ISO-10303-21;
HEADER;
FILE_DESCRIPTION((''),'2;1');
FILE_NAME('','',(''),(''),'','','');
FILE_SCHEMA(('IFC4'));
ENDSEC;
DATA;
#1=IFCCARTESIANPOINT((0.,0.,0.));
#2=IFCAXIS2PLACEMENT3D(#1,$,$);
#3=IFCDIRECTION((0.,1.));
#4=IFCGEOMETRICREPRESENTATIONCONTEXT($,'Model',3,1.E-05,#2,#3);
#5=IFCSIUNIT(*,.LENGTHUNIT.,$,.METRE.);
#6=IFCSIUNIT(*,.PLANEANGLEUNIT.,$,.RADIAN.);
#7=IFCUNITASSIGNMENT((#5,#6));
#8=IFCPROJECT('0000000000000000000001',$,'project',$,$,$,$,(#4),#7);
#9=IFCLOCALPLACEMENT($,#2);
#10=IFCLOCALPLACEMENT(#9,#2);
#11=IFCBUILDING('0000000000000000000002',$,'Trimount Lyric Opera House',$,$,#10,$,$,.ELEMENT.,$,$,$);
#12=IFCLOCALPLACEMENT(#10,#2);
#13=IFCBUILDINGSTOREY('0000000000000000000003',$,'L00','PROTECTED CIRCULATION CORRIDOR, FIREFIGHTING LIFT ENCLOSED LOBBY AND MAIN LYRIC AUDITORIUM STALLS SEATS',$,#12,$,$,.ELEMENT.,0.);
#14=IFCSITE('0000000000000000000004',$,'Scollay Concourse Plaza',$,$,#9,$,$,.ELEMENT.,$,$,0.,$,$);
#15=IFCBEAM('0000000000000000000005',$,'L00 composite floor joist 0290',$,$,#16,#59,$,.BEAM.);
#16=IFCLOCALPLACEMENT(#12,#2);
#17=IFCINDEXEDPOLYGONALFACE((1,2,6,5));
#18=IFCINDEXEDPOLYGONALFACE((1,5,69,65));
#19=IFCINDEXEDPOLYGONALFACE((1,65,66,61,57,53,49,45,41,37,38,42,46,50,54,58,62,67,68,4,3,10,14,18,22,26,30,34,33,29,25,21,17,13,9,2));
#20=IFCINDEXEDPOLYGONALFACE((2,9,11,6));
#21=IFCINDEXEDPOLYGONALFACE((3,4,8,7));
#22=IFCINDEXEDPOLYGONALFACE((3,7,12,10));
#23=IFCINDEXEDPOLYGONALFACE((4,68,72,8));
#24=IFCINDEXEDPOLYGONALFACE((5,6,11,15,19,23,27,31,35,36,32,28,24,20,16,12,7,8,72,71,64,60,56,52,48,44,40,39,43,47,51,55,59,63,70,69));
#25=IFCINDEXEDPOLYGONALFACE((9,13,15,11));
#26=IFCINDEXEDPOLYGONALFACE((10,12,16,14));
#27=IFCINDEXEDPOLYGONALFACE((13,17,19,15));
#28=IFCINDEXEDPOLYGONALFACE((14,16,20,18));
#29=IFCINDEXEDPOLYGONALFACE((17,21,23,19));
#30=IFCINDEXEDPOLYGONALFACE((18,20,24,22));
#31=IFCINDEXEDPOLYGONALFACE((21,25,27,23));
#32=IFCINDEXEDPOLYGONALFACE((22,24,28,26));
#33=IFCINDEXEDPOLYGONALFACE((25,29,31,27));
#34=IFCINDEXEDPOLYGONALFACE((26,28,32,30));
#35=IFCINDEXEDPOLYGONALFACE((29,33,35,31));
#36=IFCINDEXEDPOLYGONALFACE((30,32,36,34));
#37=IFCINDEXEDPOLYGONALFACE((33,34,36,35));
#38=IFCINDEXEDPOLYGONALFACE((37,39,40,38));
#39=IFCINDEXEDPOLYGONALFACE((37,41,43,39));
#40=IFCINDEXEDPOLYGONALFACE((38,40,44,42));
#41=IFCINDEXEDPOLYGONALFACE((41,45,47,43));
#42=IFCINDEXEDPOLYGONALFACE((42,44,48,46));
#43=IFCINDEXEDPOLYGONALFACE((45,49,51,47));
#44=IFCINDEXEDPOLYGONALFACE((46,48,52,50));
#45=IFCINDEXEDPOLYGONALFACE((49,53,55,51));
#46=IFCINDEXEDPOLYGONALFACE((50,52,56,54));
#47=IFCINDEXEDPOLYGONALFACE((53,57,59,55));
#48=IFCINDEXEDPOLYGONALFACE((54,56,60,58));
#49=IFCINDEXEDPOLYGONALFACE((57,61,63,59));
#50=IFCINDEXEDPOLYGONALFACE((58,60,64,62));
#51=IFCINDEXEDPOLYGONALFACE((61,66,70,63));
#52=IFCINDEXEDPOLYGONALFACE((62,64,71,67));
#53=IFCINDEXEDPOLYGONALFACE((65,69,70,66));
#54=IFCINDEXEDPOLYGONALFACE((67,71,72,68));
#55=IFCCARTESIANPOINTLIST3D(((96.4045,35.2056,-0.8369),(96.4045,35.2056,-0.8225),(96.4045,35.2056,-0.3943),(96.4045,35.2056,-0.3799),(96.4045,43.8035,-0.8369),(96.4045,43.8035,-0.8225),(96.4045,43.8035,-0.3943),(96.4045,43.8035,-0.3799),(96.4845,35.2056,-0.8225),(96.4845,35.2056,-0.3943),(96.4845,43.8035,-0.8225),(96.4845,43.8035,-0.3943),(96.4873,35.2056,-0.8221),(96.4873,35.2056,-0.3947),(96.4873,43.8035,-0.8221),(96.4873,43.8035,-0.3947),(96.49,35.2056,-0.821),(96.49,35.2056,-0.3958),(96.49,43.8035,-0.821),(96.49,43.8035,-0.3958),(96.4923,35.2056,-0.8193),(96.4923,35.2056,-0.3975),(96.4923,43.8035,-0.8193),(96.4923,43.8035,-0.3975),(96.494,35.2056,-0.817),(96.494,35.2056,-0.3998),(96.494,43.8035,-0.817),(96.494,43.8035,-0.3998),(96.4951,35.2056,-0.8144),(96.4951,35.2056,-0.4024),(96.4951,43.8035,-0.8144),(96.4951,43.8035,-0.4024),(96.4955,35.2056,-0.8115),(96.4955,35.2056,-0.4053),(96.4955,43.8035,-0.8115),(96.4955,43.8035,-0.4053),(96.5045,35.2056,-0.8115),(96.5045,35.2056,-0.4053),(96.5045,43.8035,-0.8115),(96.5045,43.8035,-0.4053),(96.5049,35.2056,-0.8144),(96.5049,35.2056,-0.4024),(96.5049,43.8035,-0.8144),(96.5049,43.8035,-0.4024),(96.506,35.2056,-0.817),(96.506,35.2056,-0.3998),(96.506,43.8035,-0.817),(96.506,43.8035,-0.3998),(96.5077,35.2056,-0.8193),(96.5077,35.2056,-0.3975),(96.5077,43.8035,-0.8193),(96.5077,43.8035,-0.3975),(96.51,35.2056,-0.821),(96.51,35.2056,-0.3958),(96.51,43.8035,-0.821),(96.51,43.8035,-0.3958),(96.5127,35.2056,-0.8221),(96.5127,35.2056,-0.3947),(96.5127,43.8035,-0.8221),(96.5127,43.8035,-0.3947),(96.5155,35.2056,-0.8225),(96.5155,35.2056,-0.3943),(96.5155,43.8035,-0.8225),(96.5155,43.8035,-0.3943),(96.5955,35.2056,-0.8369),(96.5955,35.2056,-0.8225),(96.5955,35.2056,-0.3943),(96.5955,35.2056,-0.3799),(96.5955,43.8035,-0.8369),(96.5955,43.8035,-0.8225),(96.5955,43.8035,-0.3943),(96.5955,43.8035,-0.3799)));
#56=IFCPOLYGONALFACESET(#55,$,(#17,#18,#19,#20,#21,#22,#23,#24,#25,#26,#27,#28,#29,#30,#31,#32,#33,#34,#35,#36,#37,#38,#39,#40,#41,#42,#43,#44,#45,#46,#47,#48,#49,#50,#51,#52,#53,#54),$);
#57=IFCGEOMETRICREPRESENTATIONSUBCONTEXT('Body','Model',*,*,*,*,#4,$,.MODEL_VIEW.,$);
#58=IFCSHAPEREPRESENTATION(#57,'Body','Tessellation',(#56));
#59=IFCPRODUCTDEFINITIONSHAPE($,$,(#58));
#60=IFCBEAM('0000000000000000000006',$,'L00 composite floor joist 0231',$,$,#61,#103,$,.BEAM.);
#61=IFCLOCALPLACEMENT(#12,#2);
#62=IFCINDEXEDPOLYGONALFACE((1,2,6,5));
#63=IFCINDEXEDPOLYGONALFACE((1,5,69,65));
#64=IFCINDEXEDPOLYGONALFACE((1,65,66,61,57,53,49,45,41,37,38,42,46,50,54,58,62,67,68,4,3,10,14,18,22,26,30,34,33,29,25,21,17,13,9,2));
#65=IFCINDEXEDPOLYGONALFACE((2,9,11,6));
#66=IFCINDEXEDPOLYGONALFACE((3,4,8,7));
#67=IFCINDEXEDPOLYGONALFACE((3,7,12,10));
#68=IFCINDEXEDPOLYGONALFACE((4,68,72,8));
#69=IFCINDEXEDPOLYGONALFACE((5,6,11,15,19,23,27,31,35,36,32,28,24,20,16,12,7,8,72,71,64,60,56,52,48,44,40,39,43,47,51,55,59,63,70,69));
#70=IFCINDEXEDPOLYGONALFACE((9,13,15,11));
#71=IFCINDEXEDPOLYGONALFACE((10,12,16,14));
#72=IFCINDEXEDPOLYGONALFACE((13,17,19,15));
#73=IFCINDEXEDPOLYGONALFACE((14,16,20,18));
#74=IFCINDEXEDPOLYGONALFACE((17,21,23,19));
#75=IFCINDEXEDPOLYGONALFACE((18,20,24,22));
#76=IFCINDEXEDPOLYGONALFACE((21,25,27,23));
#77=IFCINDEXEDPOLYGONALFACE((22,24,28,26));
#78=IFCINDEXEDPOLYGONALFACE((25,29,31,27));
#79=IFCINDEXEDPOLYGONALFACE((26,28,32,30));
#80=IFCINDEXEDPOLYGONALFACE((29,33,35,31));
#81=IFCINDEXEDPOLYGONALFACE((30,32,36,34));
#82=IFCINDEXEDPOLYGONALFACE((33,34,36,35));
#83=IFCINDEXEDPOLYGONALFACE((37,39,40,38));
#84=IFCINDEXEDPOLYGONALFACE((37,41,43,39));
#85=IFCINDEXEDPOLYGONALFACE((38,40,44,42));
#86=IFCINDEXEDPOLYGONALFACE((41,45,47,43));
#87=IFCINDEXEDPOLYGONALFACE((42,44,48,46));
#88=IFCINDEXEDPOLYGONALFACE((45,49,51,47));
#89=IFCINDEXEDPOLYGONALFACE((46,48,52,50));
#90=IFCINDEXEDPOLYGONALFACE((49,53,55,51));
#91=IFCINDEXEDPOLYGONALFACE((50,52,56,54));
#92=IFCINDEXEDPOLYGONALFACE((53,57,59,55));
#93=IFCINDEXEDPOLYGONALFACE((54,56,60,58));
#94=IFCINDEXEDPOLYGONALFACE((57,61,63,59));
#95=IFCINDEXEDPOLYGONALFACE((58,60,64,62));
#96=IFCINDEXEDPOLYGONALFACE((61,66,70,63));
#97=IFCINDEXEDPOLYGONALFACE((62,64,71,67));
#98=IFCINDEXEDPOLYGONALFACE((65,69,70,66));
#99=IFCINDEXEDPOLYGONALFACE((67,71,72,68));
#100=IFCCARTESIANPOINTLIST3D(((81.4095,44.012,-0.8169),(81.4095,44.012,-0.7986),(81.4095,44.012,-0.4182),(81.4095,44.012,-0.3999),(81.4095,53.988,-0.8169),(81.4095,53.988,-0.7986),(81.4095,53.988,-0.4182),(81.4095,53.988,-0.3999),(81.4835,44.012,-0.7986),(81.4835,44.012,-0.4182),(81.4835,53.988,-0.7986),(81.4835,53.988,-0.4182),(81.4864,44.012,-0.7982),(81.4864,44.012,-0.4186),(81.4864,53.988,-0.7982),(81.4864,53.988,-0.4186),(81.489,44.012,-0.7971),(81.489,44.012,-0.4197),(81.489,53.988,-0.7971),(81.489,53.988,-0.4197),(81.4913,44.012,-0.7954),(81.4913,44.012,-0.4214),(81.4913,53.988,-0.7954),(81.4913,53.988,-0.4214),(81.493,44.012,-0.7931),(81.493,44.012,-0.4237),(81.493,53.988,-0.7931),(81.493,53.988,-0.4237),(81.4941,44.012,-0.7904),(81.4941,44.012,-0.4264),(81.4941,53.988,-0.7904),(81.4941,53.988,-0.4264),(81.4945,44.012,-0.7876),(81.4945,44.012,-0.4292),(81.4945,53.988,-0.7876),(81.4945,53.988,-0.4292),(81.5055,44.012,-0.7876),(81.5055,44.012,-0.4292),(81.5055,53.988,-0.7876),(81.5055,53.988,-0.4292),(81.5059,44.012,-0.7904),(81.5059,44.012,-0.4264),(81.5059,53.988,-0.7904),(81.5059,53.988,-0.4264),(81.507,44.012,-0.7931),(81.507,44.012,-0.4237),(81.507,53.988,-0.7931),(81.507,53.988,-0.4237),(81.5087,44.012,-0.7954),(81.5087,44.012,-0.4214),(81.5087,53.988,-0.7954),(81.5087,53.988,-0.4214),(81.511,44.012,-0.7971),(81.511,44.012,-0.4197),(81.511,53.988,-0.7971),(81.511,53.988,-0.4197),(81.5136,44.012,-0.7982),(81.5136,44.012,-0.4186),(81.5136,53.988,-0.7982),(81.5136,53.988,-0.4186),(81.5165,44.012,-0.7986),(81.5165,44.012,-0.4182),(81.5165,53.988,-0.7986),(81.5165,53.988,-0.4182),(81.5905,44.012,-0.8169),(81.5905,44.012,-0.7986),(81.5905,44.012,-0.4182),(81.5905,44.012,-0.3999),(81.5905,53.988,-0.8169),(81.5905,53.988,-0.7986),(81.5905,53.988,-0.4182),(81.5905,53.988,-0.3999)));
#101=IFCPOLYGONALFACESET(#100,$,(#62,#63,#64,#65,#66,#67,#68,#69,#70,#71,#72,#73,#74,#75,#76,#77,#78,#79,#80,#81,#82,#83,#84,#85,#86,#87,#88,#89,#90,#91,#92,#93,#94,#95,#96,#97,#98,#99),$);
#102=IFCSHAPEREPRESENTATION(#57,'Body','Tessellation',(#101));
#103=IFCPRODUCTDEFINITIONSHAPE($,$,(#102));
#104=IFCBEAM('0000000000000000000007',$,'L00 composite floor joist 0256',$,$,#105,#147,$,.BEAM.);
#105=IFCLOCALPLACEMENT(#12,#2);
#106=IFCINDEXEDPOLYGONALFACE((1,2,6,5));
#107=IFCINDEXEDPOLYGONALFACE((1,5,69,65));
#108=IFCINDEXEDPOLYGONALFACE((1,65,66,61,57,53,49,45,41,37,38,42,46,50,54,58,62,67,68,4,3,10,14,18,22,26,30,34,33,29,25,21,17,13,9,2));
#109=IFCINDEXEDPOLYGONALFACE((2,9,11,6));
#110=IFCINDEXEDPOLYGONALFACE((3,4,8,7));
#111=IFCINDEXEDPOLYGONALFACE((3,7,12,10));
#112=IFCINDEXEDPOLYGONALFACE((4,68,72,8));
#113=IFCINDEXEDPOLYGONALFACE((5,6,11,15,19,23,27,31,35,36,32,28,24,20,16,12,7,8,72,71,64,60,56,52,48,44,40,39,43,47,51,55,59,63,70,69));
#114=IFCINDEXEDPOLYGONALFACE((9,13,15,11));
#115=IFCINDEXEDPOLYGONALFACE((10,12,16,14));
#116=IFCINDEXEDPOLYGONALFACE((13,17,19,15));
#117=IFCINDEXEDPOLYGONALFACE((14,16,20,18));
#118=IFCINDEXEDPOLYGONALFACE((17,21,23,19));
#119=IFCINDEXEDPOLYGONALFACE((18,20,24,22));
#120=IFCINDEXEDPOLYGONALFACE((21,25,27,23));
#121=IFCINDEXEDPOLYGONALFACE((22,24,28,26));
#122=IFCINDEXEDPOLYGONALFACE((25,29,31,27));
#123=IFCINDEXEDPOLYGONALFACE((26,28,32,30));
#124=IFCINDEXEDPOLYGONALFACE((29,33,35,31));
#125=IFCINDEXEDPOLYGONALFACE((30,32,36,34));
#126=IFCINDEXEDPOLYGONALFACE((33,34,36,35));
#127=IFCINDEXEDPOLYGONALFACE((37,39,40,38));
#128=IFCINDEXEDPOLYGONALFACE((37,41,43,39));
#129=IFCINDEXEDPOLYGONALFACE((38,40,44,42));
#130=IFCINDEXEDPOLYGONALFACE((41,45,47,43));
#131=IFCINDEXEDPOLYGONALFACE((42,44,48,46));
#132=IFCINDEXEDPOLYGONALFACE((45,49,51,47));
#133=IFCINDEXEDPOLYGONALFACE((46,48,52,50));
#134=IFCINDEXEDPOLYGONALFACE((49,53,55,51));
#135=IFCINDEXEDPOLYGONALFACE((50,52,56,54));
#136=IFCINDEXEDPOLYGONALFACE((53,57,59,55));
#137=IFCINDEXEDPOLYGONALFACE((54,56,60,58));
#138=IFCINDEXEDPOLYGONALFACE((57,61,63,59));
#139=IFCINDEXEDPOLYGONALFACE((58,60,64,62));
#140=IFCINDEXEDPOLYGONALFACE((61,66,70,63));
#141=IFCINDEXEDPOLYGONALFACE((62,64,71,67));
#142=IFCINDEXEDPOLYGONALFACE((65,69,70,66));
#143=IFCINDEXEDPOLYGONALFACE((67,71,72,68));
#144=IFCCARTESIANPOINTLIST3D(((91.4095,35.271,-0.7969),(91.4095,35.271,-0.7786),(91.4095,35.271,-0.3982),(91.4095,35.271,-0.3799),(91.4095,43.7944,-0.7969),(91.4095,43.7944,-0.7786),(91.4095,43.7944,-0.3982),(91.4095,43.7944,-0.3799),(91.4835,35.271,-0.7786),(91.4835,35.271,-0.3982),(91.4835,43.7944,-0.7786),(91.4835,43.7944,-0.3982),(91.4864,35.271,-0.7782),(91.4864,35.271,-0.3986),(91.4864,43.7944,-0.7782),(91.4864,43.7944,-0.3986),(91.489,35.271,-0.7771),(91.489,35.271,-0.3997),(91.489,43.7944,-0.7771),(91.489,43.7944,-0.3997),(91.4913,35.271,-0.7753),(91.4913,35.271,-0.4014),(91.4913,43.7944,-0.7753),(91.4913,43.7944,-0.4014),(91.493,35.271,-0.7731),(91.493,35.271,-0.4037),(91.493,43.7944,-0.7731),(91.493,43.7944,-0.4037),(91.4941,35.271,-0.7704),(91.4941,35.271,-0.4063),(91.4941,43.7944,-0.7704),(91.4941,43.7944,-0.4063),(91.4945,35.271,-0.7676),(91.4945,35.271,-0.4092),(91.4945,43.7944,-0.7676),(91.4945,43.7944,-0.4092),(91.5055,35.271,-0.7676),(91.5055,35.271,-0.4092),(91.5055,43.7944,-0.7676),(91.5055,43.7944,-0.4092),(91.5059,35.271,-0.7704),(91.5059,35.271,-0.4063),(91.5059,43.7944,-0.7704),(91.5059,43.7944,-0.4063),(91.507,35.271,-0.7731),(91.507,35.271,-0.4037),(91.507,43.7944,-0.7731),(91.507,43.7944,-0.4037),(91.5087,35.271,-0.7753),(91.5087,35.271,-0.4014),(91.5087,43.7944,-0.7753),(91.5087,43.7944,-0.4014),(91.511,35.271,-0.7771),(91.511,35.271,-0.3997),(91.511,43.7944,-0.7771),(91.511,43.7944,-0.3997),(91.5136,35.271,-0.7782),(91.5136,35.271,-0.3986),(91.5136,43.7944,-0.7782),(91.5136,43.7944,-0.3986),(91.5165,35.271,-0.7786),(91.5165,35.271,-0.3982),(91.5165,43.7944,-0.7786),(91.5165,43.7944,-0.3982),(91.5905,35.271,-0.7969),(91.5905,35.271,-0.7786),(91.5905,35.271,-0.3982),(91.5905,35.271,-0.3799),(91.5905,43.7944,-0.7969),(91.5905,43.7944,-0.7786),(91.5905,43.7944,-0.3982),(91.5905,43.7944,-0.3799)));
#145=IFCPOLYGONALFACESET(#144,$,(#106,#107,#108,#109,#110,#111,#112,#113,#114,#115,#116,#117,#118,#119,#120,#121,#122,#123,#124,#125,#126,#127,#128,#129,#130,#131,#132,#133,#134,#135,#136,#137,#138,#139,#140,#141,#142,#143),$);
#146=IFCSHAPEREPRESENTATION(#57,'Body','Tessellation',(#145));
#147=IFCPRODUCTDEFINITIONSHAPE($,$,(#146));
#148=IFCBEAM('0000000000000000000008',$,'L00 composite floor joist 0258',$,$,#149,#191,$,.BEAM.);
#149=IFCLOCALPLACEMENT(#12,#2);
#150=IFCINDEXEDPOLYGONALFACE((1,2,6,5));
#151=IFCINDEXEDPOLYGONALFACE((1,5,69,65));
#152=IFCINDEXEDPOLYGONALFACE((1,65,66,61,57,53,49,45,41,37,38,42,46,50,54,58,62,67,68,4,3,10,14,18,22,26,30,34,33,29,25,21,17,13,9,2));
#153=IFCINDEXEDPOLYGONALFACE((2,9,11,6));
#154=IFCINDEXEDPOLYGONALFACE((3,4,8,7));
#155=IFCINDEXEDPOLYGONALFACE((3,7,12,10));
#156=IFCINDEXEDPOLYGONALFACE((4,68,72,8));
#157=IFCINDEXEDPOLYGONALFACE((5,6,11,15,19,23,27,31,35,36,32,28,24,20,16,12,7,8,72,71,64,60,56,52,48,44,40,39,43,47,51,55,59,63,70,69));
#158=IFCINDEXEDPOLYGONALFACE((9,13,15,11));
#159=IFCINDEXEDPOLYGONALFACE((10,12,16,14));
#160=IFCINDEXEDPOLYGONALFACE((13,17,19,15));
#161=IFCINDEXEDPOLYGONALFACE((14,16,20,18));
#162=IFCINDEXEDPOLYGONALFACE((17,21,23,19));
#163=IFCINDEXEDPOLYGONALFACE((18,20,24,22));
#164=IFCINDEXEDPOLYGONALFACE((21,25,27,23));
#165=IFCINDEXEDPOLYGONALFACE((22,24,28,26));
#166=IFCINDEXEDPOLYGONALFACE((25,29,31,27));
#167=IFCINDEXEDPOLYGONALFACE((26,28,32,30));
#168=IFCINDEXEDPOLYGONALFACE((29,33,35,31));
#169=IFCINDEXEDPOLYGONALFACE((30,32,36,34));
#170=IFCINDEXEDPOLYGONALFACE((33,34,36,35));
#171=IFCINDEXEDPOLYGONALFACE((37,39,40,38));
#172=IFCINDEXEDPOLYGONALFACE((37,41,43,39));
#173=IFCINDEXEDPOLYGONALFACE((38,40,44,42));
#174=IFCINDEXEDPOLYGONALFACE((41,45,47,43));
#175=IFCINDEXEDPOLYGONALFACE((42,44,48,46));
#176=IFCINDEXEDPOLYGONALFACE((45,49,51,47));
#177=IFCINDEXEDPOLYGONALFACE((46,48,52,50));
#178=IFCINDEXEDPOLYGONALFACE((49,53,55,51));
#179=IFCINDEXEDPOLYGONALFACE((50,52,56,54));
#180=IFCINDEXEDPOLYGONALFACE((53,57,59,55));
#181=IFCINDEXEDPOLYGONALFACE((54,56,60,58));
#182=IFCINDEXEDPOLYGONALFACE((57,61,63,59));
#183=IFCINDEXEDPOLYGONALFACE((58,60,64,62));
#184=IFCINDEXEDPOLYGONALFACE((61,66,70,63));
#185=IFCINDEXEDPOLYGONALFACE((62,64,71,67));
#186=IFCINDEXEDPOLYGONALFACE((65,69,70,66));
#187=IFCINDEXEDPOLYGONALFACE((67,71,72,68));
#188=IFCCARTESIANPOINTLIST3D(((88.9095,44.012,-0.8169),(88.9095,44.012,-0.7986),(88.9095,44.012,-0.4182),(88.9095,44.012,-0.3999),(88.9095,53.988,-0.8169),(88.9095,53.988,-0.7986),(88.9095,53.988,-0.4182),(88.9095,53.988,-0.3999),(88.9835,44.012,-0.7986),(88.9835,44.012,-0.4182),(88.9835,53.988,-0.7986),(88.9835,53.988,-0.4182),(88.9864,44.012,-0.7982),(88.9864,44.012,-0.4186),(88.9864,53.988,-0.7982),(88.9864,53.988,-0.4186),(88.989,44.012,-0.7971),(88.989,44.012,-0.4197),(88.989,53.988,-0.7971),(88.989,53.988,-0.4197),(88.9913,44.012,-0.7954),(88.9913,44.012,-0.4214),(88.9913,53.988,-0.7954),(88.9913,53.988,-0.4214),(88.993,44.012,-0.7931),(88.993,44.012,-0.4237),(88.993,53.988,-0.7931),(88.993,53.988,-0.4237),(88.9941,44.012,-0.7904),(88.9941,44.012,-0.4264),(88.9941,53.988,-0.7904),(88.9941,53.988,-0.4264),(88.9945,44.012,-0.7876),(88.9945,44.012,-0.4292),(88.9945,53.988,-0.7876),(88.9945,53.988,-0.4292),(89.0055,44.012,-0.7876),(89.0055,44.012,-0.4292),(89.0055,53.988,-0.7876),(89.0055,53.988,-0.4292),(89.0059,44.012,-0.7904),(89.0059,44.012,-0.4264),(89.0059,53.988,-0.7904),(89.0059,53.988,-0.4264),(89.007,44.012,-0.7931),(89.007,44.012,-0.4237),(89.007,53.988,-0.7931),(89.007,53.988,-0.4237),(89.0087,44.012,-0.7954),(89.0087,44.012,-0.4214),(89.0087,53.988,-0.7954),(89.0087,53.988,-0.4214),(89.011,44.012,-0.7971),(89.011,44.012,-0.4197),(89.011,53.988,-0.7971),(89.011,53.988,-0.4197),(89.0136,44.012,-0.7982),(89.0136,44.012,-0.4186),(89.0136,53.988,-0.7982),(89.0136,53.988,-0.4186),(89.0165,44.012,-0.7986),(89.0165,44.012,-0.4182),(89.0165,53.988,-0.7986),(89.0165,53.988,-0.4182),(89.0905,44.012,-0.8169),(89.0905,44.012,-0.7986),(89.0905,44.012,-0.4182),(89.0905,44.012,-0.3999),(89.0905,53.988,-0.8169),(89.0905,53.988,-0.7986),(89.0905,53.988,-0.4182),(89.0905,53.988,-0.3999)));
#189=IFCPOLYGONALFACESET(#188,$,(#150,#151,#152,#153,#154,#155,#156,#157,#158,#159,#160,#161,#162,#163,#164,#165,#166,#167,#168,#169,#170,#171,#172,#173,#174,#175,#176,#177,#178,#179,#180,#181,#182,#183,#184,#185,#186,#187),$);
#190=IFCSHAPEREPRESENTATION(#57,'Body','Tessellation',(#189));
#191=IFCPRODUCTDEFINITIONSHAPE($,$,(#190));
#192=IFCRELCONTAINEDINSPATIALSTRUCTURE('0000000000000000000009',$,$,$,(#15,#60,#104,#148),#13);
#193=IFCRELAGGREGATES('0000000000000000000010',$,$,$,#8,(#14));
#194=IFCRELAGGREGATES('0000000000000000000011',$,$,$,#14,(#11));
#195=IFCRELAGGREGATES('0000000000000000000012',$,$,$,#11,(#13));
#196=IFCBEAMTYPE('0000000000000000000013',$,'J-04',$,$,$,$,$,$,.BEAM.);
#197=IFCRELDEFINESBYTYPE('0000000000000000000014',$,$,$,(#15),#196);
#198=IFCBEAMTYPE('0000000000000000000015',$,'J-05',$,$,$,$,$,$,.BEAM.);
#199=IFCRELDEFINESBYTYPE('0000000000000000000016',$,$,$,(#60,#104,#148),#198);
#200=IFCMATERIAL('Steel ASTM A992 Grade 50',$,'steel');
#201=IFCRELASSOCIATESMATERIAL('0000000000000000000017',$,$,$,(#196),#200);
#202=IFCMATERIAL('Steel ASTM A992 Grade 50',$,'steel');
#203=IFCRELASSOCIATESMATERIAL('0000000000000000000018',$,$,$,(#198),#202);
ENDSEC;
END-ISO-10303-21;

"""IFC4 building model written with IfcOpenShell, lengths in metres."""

from ifc_helpers import new_model, si_unit, direction, frame, origin, origin_2d, place, context, subcontext, project, spatial, i_section, extrude, material, material_profile, profile_set, type_object, element, save


model = new_model("IFC4")

# Units and contexts
model_context = context("Model", 3, precision=1e-05, world=origin(), true_north=direction((0.0, 1.0)))
body_context = subcontext(model_context, "Body", "Model", "MODEL_VIEW")
ifc_project = project(units=[si_unit("LENGTHUNIT", "METRE"), si_unit("PLANEANGLEUNIT", "RADIAN")], contexts=[model_context])

# Site, building, storey
site_placement = place(None, origin())
site = spatial("IfcSite", under=ifc_project, at=site_placement, Name="Scollay Concourse Plaza", CompositionType="ELEMENT", RefElevation=0.0)
building_placement = place(site_placement, origin())
building = spatial("IfcBuilding", under=site, at=building_placement, Name="Trimount Lyric Opera House", CompositionType="ELEMENT")
storey_placement = place(building_placement, origin())
storey = spatial("IfcBuildingStorey", under=building, at=storey_placement, Name="L00", Description="PROTECTED CIRCULATION CORRIDOR, FIREFIGHTING LIFT ENCLOSED LOBBY AND MAIN LYRIC AUDITORIUM STALLS SEATS", CompositionType="ELEMENT", Elevation=0.0)

# Beams
ifc_material_1 = material(Name="Steel ASTM A992 Grade 50", Category="steel")
ifc_material_profile_1 = material_profile(ifc_material_1, i_section(OverallWidth=0.1909, OverallDepth=0.457, WebThickness=0.009, FlangeThickness=0.0144, FilletRadius=0.011, at=origin_2d()), Name="W18X50")
ifc_profile_set_1 = profile_set([ifc_material_profile_1], Name="Steel ASTM A992 Grade 50")
beam_type_1 = type_object("IfcBeamType", Name="J-04", PredefinedType="BEAM", material=ifc_profile_set_1)
beam_1_placement = place(storey_placement, frame((96.5, 35.2056, -0.6084), z_axis=(0.0, 1.0, 0.0), x_axis=(-1.0, 0.0, 0.0)))
element("IfcBeam", 1, at=beam_1_placement, inside=storey, type_object=beam_type_1, Name="L00 composite floor joist 0290", PredefinedType="BEAM", context=body_context, shape_type="SweptSolid", body=[
    extrude(i_section(OverallWidth=0.1909, OverallDepth=0.457, WebThickness=0.009, FlangeThickness=0.0144, FilletRadius=0.011, at=origin_2d()), origin(), (0.0, 0.0, 1.0), 8.5979),
])
ifc_material_2 = material(Name="Steel ASTM A992 Grade 50", Category="steel")
ifc_material_profile_2 = material_profile(ifc_material_2, i_section(OverallWidth=0.1809, OverallDepth=0.417, WebThickness=0.011, FlangeThickness=0.0183, FilletRadius=0.011, at=origin_2d()), Name="W16X57")
ifc_profile_set_2 = profile_set([ifc_material_profile_2], Name="Steel ASTM A992 Grade 50")
beam_type_2 = type_object("IfcBeamType", Name="J-05", PredefinedType="BEAM", material=ifc_profile_set_2)
beam_2_placement = place(storey_placement, frame((81.5, 44.012, -0.6084), z_axis=(0.0, 1.0, 0.0), x_axis=(-1.0, 0.0, 0.0)))
element("IfcBeam", 2, at=beam_2_placement, inside=storey, type_object=beam_type_2, Name="L00 composite floor joist 0231", PredefinedType="BEAM", context=body_context, shape_type="SweptSolid", body=[
    extrude(i_section(OverallWidth=0.1809, OverallDepth=0.417, WebThickness=0.011, FlangeThickness=0.0183, FilletRadius=0.011, at=origin_2d()), origin(), (0.0, 0.0, 1.0), 9.9761),
])
beam_3_placement = place(storey_placement, frame((91.5, 35.271, -0.5884), z_axis=(0.0, 1.0, 0.0), x_axis=(-1.0, 0.0, 0.0)))
element("IfcBeam", 3, at=beam_3_placement, inside=storey, type_object=beam_type_2, Name="L00 composite floor joist 0256", PredefinedType="BEAM", context=body_context, shape_type="SweptSolid", body=[
    extrude(i_section(OverallWidth=0.1809, OverallDepth=0.417, WebThickness=0.011, FlangeThickness=0.0183, FilletRadius=0.011, at=origin_2d()), origin(), (0.0, 0.0, 1.0), 8.5234),
])
beam_4_placement = place(storey_placement, frame((89.0, 44.012, -0.6084), z_axis=(0.0, 1.0, 0.0), x_axis=(-1.0, 0.0, 0.0)))
element("IfcBeam", 4, at=beam_4_placement, inside=storey, type_object=beam_type_2, Name="L00 composite floor joist 0258", PredefinedType="BEAM", context=body_context, shape_type="SweptSolid", body=[
    extrude(i_section(OverallWidth=0.1809, OverallDepth=0.417, WebThickness=0.011, FlangeThickness=0.0183, FilletRadius=0.011, at=origin_2d()), origin(), (0.0, 0.0, 1.0), 9.9761),
])

save(model, "model.ifc")
